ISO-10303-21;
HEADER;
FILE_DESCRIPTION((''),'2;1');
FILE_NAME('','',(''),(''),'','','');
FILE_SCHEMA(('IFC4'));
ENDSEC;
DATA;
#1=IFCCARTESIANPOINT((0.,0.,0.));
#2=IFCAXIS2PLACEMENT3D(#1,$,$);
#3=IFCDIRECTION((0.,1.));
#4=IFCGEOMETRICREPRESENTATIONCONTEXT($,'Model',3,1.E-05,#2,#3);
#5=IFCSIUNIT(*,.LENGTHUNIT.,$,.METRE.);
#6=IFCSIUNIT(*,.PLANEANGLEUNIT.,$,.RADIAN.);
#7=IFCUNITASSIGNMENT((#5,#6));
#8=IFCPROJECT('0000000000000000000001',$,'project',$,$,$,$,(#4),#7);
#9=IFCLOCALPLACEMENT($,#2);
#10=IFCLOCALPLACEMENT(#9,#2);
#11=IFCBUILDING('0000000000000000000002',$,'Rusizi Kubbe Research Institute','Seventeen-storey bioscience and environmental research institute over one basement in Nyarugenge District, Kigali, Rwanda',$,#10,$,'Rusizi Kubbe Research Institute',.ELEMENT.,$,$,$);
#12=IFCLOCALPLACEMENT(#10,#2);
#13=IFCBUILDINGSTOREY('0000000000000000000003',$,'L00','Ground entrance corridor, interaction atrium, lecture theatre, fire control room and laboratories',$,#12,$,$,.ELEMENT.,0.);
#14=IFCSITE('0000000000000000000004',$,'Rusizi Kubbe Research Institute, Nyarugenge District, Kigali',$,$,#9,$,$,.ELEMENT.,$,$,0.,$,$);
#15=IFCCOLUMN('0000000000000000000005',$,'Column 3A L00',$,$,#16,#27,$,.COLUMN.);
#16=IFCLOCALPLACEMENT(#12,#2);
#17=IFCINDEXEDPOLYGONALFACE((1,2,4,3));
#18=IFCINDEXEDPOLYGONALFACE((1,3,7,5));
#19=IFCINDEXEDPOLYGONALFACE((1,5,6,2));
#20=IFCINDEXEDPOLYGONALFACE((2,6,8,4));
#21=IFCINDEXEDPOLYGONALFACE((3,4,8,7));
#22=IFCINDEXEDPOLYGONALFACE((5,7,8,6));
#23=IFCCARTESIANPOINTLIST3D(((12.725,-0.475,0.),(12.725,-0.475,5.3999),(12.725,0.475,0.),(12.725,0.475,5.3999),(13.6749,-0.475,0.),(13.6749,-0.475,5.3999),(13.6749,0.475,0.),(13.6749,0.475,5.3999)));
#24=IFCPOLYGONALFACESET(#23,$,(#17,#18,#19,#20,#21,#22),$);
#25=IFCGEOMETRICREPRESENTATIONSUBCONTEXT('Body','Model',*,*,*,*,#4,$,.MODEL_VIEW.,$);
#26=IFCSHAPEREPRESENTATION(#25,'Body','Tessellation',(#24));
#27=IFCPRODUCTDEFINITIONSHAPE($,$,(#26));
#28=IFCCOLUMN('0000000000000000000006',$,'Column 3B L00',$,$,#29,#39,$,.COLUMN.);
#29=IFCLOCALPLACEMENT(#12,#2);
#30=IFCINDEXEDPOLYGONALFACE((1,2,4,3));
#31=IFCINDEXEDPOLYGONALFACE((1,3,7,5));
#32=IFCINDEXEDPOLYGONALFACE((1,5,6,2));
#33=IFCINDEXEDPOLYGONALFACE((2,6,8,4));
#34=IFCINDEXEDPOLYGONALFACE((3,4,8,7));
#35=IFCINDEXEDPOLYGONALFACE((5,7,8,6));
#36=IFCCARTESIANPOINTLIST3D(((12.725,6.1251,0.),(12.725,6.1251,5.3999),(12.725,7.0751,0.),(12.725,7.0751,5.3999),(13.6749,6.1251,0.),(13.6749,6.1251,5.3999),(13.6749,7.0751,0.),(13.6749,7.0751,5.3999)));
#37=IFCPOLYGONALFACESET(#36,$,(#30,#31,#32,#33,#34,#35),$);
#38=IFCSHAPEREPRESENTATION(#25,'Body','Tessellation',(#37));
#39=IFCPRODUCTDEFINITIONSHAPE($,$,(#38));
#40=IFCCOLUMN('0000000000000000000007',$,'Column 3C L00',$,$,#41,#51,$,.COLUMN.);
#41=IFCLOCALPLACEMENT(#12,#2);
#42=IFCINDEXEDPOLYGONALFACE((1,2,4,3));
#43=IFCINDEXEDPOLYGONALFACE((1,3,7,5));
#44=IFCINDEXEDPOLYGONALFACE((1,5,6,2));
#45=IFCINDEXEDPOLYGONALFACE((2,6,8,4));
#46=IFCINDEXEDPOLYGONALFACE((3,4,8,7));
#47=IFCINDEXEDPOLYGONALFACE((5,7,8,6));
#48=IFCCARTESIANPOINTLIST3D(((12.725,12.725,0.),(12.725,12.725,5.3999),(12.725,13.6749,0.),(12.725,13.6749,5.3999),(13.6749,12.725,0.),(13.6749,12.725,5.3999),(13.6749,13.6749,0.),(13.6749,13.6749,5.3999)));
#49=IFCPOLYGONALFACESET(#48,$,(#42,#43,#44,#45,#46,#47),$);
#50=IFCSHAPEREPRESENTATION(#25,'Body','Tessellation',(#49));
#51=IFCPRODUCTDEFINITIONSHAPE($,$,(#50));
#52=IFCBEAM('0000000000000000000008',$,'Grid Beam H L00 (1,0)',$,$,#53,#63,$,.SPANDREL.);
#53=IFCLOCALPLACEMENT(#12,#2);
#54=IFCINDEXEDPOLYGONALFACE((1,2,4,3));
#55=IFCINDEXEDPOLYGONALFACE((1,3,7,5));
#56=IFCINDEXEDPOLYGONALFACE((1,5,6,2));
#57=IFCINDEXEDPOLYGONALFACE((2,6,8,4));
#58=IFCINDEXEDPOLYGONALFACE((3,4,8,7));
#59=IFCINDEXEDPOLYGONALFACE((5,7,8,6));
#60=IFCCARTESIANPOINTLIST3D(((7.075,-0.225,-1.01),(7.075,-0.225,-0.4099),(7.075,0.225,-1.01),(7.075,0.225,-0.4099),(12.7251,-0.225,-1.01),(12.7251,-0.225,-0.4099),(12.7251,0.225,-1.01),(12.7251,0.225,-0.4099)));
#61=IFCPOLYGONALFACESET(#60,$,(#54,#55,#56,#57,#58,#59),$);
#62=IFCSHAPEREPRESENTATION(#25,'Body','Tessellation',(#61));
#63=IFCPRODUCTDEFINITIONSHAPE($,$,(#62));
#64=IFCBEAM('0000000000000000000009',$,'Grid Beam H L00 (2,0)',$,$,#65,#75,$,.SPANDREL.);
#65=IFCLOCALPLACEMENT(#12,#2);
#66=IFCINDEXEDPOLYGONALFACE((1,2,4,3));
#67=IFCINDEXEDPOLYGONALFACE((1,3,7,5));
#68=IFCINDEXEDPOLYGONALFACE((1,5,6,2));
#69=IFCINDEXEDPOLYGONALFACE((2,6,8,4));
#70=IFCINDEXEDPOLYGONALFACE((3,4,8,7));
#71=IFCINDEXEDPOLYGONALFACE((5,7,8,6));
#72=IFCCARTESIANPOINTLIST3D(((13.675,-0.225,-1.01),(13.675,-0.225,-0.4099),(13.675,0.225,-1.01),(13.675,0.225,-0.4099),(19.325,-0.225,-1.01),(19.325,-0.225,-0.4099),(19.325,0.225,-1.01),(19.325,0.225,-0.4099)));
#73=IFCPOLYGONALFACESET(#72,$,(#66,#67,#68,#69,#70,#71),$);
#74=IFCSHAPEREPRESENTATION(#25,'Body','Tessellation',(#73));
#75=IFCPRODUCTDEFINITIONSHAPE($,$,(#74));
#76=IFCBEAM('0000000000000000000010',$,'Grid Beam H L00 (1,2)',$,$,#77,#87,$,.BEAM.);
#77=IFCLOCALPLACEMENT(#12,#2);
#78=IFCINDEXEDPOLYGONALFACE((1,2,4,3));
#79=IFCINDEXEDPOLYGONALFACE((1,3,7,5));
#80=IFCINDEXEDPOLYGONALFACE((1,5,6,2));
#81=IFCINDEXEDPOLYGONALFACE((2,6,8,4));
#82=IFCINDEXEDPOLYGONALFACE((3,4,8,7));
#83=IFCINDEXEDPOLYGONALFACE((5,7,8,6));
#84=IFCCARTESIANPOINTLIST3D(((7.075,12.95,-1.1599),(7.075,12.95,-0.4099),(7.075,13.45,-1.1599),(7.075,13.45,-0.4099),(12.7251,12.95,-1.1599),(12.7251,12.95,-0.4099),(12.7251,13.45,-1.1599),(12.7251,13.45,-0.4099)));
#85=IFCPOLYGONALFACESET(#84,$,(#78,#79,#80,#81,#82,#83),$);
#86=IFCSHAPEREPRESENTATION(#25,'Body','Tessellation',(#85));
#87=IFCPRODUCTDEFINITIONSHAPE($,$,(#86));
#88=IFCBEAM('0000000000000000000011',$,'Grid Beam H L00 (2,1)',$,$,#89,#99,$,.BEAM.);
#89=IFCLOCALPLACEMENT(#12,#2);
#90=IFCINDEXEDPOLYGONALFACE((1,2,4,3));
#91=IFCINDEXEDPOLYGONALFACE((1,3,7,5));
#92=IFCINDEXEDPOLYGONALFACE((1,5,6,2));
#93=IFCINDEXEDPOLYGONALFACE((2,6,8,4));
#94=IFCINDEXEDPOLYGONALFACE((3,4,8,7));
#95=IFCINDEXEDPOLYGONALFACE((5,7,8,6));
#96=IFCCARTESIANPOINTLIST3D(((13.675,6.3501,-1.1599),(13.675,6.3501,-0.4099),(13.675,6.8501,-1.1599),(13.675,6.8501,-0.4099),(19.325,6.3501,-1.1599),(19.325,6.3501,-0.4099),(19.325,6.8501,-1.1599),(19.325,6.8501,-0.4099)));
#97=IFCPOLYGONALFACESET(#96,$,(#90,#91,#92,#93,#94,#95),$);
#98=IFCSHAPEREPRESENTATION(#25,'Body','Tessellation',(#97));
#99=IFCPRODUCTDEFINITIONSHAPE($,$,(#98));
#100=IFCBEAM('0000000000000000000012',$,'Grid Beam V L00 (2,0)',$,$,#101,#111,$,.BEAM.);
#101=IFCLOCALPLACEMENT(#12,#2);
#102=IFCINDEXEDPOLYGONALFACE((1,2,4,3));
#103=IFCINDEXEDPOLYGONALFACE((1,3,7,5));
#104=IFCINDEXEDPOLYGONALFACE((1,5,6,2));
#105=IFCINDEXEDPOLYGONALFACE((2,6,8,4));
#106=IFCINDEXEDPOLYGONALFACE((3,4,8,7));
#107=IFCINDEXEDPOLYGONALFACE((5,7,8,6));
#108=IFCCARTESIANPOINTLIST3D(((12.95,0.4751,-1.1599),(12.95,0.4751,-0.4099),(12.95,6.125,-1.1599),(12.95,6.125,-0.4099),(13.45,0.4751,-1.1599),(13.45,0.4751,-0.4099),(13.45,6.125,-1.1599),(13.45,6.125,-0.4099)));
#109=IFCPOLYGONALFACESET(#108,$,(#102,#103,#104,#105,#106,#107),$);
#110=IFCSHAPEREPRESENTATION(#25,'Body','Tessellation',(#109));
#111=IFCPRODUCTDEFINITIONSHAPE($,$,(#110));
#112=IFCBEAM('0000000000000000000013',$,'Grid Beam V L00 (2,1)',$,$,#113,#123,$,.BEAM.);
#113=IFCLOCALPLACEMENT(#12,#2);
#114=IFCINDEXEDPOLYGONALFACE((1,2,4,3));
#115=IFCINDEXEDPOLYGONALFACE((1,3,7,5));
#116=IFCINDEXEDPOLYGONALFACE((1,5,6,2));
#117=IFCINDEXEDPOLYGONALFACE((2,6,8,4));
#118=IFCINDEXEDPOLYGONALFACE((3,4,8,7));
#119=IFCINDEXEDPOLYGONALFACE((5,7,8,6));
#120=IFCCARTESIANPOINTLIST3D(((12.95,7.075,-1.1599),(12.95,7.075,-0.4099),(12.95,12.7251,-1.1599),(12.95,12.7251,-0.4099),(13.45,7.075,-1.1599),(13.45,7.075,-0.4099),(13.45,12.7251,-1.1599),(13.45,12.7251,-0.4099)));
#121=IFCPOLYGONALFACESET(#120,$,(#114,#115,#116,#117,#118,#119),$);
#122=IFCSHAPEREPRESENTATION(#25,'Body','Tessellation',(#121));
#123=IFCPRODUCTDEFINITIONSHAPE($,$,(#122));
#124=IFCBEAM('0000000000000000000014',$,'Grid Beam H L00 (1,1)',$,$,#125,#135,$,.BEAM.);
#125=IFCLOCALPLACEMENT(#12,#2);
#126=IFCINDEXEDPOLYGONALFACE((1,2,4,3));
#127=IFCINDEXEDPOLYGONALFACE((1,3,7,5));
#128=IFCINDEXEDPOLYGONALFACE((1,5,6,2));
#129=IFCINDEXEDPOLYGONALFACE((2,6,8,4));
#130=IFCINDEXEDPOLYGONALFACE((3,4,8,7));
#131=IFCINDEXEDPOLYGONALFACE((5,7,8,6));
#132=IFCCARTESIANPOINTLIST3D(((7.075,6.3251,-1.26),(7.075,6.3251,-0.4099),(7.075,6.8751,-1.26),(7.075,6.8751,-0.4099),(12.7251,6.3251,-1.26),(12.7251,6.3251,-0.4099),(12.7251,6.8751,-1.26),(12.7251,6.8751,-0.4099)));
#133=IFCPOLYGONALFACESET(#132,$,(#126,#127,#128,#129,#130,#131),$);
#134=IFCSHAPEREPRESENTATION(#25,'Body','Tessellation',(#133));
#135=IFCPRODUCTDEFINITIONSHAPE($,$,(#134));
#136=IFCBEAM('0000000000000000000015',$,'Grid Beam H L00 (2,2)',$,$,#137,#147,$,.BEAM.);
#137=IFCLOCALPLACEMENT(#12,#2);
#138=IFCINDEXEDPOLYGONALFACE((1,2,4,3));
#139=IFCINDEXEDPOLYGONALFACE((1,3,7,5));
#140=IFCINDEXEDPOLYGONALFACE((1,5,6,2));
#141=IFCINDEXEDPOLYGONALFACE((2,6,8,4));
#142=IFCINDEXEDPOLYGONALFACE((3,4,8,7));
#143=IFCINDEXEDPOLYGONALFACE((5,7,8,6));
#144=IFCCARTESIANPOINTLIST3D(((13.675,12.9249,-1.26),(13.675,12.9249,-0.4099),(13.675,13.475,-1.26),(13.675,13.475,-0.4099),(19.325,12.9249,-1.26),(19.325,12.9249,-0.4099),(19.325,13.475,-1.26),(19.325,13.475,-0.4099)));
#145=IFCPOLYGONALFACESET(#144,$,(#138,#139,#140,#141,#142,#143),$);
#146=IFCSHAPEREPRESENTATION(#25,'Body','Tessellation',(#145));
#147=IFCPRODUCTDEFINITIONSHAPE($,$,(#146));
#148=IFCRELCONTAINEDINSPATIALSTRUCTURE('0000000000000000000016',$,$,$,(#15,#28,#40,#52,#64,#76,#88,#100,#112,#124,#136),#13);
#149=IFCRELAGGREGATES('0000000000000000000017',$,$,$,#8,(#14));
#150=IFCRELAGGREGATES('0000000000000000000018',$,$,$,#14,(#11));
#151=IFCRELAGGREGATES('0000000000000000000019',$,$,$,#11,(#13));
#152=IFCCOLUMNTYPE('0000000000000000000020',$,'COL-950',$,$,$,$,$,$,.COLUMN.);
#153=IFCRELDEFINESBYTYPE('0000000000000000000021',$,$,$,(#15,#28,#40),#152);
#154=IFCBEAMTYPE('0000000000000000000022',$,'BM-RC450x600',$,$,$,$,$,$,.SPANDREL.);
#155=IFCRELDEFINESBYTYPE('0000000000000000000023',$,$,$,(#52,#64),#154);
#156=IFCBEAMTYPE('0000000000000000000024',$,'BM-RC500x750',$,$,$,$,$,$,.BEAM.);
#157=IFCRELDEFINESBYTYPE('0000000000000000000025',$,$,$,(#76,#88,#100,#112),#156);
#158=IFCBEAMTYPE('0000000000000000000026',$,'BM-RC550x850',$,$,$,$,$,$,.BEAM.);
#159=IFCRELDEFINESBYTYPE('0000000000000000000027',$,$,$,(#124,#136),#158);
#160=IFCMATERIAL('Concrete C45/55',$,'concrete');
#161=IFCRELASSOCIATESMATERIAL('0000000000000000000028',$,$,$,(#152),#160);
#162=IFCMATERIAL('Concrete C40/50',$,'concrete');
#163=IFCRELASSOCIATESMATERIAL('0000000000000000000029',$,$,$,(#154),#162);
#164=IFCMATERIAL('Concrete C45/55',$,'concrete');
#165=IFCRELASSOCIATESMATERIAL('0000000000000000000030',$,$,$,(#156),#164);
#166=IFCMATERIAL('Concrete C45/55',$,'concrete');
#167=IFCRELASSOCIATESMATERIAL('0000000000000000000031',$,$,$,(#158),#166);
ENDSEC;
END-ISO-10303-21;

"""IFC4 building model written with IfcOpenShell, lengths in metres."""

from ifc_helpers import new_model, si_unit, direction, frame, origin, origin_2d, place, context, subcontext, project, spatial, rectangle, extrude, material, material_profile, profile_set, type_object, element, save


model = new_model("IFC4")

# Units and contexts
model_context = context("Model", 3, precision=1e-05, world=origin(), true_north=direction((0.0, 1.0)))
body_context = subcontext(model_context, "Body", "Model", "MODEL_VIEW")
ifc_project = project(units=[si_unit("LENGTHUNIT", "METRE"), si_unit("PLANEANGLEUNIT", "RADIAN")], contexts=[model_context])

# Site, building, storey
site_placement = place(None, origin())
site = spatial("IfcSite", under=ifc_project, at=site_placement, Name="Rusizi Kubbe Research Institute, Nyarugenge District, Kigali", CompositionType="ELEMENT", RefElevation=0.0)
building_placement = place(site_placement, origin())
building = spatial("IfcBuilding", under=site, at=building_placement, Name="Rusizi Kubbe Research Institute", Description="Seventeen-storey bioscience and environmental research institute over one basement in Nyarugenge District, Kigali, Rwanda", LongName="Rusizi Kubbe Research Institute", CompositionType="ELEMENT")
storey_placement = place(building_placement, origin())
storey = spatial("IfcBuildingStorey", under=building, at=storey_placement, Name="L00", Description="Ground entrance corridor, interaction atrium, lecture theatre, fire control room and laboratories", CompositionType="ELEMENT", Elevation=0.0)

# Columns
ifc_material_1 = material(Name="Concrete C45/55", Category="concrete")
ifc_material_profile_1 = material_profile(ifc_material_1, rectangle(XDim=0.95, YDim=0.95, at=origin_2d()), Name="RC950x950")
ifc_profile_set_1 = profile_set([ifc_material_profile_1], Name="Concrete C45/55")
column_type = type_object("IfcColumnType", Name="COL-950", PredefinedType="COLUMN", material=ifc_profile_set_1)
for number, where, z_axis, x_axis, name in (
    (1, (13.2, 0.0, 0.0), (0.0, 0.0, 1.0), (1.0, 0.0, 0.0), "Column 3A L00"),
    (2, (13.2, 6.6001, 0.0), (0.0, 0.0, 1.0), (1.0, 0.0, 0.0), "Column 3B L00"),
    (3, (13.2, 13.2, 0.0), (0.0, 0.0, 1.0), (1.0, 0.0, 0.0), "Column 3C L00"),
):
    element("IfcColumn", number, at=place(storey_placement, frame(where, z_axis=z_axis, x_axis=x_axis)), inside=storey, type_object=column_type, Name=name, PredefinedType="COLUMN", context=body_context, shape_type="SweptSolid", body=[
        extrude(rectangle(XDim=0.95, YDim=0.95, at=origin_2d()), origin(), (0.0, 0.0, 1.0), 5.3999),
    ])

# Beams
ifc_material_2 = material(Name="Concrete C40/50", Category="concrete")
ifc_material_profile_2 = material_profile(ifc_material_2, rectangle(XDim=0.45, YDim=0.6001, at=origin_2d()), Name="RC450x600")
ifc_profile_set_2 = profile_set([ifc_material_profile_2], Name="Concrete C40/50")
beam_type_1 = type_object("IfcBeamType", Name="BM-RC450x600", PredefinedType="SPANDREL", material=ifc_profile_set_2)
beam_1_placement = place(storey_placement, frame((7.075, 0.0, -0.71), z_axis=(1.0, 0.0, 0.0), x_axis=(0.0, 1.0, 0.0)))
element("IfcBeam", 4, at=beam_1_placement, inside=storey, type_object=beam_type_1, Name="Grid Beam H L00 (1,0)", PredefinedType="SPANDREL", context=body_context, shape_type="SweptSolid", body=[
    extrude(rectangle(XDim=0.45, YDim=0.6001, at=origin_2d()), origin(), (0.0, 0.0, 1.0), 5.6501),
])
beam_2_placement = place(storey_placement, frame((13.675, 0.0, -0.71), z_axis=(1.0, 0.0, 0.0), x_axis=(0.0, 1.0, 0.0)))
element("IfcBeam", 5, at=beam_2_placement, inside=storey, type_object=beam_type_1, Name="Grid Beam H L00 (2,0)", PredefinedType="SPANDREL", context=body_context, shape_type="SweptSolid", body=[
    extrude(rectangle(XDim=0.45, YDim=0.6001, at=origin_2d()), origin(), (0.0, 0.0, 1.0), 5.6499),
])
ifc_material_3 = material(Name="Concrete C45/55", Category="concrete")
ifc_material_profile_3 = material_profile(ifc_material_3, rectangle(XDim=0.5, YDim=0.75, at=origin_2d()), Name="RC500x750B")
ifc_profile_set_3 = profile_set([ifc_material_profile_3], Name="Concrete C45/55")
beam_type_2 = type_object("IfcBeamType", Name="BM-RC500x750", PredefinedType="BEAM", material=ifc_profile_set_3)
beam_3_placement = place(storey_placement, frame((7.075, 13.2, -0.7849), z_axis=(1.0, 0.0, 0.0), x_axis=(0.0, 1.0, 0.0)))
element("IfcBeam", 6, at=beam_3_placement, inside=storey, type_object=beam_type_2, Name="Grid Beam H L00 (1,2)", PredefinedType="BEAM", context=body_context, shape_type="SweptSolid", body=[
    extrude(rectangle(XDim=0.5, YDim=0.75, at=origin_2d()), origin(), (0.0, 0.0, 1.0), 5.6501),
])
for number, where, z_axis, x_axis, name in (
    (7, (13.675, 6.6001, -0.7849), (1.0, 0.0, 0.0), (0.0, 1.0, 0.0), "Grid Beam H L00 (2,1)"),
    (8, (13.2, 0.4751, -0.7849), (0.0, 1.0, 0.0), (-1.0, 0.0, 0.0), "Grid Beam V L00 (2,0)"),
):
    element("IfcBeam", number, at=place(storey_placement, frame(where, z_axis=z_axis, x_axis=x_axis)), inside=storey, type_object=beam_type_2, Name=name, PredefinedType="BEAM", context=body_context, shape_type="SweptSolid", body=[
        extrude(rectangle(XDim=0.5, YDim=0.75, at=origin_2d()), origin(), (0.0, 0.0, 1.0), 5.6499),
    ])
beam_4_placement = place(storey_placement, frame((13.2, 7.075, -0.7849), z_axis=(0.0, 1.0, 0.0), x_axis=(-1.0, 0.0, 0.0)))
element("IfcBeam", 9, at=beam_4_placement, inside=storey, type_object=beam_type_2, Name="Grid Beam V L00 (2,1)", PredefinedType="BEAM", context=body_context, shape_type="SweptSolid", body=[
    extrude(rectangle(XDim=0.5, YDim=0.75, at=origin_2d()), origin(), (0.0, 0.0, 1.0), 5.6501),
])
ifc_material_4 = material(Name="Concrete C45/55", Category="concrete")
ifc_material_profile_4 = material_profile(ifc_material_4, rectangle(XDim=0.55, YDim=0.8501, at=origin_2d()), Name="RC550x850")
ifc_profile_set_4 = profile_set([ifc_material_profile_4], Name="Concrete C45/55")
beam_type_3 = type_object("IfcBeamType", Name="BM-RC550x850", PredefinedType="BEAM", material=ifc_profile_set_4)
beam_5_placement = place(storey_placement, frame((7.075, 6.6001, -0.835), z_axis=(1.0, 0.0, 0.0), x_axis=(0.0, 1.0, 0.0)))
element("IfcBeam", 10, at=beam_5_placement, inside=storey, type_object=beam_type_3, Name="Grid Beam H L00 (1,1)", PredefinedType="BEAM", context=body_context, shape_type="SweptSolid", body=[
    extrude(rectangle(XDim=0.55, YDim=0.8501, at=origin_2d()), origin(), (0.0, 0.0, 1.0), 5.6501),
])
beam_6_placement = place(storey_placement, frame((13.675, 13.2, -0.835), z_axis=(1.0, 0.0, 0.0), x_axis=(0.0, 1.0, 0.0)))
element("IfcBeam", 11, at=beam_6_placement, inside=storey, type_object=beam_type_3, Name="Grid Beam H L00 (2,2)", PredefinedType="BEAM", context=body_context, shape_type="SweptSolid", body=[
    extrude(rectangle(XDim=0.55, YDim=0.8501, at=origin_2d()), origin(), (0.0, 0.0, 1.0), 5.6499),
])

save(model, "model.ifc")
